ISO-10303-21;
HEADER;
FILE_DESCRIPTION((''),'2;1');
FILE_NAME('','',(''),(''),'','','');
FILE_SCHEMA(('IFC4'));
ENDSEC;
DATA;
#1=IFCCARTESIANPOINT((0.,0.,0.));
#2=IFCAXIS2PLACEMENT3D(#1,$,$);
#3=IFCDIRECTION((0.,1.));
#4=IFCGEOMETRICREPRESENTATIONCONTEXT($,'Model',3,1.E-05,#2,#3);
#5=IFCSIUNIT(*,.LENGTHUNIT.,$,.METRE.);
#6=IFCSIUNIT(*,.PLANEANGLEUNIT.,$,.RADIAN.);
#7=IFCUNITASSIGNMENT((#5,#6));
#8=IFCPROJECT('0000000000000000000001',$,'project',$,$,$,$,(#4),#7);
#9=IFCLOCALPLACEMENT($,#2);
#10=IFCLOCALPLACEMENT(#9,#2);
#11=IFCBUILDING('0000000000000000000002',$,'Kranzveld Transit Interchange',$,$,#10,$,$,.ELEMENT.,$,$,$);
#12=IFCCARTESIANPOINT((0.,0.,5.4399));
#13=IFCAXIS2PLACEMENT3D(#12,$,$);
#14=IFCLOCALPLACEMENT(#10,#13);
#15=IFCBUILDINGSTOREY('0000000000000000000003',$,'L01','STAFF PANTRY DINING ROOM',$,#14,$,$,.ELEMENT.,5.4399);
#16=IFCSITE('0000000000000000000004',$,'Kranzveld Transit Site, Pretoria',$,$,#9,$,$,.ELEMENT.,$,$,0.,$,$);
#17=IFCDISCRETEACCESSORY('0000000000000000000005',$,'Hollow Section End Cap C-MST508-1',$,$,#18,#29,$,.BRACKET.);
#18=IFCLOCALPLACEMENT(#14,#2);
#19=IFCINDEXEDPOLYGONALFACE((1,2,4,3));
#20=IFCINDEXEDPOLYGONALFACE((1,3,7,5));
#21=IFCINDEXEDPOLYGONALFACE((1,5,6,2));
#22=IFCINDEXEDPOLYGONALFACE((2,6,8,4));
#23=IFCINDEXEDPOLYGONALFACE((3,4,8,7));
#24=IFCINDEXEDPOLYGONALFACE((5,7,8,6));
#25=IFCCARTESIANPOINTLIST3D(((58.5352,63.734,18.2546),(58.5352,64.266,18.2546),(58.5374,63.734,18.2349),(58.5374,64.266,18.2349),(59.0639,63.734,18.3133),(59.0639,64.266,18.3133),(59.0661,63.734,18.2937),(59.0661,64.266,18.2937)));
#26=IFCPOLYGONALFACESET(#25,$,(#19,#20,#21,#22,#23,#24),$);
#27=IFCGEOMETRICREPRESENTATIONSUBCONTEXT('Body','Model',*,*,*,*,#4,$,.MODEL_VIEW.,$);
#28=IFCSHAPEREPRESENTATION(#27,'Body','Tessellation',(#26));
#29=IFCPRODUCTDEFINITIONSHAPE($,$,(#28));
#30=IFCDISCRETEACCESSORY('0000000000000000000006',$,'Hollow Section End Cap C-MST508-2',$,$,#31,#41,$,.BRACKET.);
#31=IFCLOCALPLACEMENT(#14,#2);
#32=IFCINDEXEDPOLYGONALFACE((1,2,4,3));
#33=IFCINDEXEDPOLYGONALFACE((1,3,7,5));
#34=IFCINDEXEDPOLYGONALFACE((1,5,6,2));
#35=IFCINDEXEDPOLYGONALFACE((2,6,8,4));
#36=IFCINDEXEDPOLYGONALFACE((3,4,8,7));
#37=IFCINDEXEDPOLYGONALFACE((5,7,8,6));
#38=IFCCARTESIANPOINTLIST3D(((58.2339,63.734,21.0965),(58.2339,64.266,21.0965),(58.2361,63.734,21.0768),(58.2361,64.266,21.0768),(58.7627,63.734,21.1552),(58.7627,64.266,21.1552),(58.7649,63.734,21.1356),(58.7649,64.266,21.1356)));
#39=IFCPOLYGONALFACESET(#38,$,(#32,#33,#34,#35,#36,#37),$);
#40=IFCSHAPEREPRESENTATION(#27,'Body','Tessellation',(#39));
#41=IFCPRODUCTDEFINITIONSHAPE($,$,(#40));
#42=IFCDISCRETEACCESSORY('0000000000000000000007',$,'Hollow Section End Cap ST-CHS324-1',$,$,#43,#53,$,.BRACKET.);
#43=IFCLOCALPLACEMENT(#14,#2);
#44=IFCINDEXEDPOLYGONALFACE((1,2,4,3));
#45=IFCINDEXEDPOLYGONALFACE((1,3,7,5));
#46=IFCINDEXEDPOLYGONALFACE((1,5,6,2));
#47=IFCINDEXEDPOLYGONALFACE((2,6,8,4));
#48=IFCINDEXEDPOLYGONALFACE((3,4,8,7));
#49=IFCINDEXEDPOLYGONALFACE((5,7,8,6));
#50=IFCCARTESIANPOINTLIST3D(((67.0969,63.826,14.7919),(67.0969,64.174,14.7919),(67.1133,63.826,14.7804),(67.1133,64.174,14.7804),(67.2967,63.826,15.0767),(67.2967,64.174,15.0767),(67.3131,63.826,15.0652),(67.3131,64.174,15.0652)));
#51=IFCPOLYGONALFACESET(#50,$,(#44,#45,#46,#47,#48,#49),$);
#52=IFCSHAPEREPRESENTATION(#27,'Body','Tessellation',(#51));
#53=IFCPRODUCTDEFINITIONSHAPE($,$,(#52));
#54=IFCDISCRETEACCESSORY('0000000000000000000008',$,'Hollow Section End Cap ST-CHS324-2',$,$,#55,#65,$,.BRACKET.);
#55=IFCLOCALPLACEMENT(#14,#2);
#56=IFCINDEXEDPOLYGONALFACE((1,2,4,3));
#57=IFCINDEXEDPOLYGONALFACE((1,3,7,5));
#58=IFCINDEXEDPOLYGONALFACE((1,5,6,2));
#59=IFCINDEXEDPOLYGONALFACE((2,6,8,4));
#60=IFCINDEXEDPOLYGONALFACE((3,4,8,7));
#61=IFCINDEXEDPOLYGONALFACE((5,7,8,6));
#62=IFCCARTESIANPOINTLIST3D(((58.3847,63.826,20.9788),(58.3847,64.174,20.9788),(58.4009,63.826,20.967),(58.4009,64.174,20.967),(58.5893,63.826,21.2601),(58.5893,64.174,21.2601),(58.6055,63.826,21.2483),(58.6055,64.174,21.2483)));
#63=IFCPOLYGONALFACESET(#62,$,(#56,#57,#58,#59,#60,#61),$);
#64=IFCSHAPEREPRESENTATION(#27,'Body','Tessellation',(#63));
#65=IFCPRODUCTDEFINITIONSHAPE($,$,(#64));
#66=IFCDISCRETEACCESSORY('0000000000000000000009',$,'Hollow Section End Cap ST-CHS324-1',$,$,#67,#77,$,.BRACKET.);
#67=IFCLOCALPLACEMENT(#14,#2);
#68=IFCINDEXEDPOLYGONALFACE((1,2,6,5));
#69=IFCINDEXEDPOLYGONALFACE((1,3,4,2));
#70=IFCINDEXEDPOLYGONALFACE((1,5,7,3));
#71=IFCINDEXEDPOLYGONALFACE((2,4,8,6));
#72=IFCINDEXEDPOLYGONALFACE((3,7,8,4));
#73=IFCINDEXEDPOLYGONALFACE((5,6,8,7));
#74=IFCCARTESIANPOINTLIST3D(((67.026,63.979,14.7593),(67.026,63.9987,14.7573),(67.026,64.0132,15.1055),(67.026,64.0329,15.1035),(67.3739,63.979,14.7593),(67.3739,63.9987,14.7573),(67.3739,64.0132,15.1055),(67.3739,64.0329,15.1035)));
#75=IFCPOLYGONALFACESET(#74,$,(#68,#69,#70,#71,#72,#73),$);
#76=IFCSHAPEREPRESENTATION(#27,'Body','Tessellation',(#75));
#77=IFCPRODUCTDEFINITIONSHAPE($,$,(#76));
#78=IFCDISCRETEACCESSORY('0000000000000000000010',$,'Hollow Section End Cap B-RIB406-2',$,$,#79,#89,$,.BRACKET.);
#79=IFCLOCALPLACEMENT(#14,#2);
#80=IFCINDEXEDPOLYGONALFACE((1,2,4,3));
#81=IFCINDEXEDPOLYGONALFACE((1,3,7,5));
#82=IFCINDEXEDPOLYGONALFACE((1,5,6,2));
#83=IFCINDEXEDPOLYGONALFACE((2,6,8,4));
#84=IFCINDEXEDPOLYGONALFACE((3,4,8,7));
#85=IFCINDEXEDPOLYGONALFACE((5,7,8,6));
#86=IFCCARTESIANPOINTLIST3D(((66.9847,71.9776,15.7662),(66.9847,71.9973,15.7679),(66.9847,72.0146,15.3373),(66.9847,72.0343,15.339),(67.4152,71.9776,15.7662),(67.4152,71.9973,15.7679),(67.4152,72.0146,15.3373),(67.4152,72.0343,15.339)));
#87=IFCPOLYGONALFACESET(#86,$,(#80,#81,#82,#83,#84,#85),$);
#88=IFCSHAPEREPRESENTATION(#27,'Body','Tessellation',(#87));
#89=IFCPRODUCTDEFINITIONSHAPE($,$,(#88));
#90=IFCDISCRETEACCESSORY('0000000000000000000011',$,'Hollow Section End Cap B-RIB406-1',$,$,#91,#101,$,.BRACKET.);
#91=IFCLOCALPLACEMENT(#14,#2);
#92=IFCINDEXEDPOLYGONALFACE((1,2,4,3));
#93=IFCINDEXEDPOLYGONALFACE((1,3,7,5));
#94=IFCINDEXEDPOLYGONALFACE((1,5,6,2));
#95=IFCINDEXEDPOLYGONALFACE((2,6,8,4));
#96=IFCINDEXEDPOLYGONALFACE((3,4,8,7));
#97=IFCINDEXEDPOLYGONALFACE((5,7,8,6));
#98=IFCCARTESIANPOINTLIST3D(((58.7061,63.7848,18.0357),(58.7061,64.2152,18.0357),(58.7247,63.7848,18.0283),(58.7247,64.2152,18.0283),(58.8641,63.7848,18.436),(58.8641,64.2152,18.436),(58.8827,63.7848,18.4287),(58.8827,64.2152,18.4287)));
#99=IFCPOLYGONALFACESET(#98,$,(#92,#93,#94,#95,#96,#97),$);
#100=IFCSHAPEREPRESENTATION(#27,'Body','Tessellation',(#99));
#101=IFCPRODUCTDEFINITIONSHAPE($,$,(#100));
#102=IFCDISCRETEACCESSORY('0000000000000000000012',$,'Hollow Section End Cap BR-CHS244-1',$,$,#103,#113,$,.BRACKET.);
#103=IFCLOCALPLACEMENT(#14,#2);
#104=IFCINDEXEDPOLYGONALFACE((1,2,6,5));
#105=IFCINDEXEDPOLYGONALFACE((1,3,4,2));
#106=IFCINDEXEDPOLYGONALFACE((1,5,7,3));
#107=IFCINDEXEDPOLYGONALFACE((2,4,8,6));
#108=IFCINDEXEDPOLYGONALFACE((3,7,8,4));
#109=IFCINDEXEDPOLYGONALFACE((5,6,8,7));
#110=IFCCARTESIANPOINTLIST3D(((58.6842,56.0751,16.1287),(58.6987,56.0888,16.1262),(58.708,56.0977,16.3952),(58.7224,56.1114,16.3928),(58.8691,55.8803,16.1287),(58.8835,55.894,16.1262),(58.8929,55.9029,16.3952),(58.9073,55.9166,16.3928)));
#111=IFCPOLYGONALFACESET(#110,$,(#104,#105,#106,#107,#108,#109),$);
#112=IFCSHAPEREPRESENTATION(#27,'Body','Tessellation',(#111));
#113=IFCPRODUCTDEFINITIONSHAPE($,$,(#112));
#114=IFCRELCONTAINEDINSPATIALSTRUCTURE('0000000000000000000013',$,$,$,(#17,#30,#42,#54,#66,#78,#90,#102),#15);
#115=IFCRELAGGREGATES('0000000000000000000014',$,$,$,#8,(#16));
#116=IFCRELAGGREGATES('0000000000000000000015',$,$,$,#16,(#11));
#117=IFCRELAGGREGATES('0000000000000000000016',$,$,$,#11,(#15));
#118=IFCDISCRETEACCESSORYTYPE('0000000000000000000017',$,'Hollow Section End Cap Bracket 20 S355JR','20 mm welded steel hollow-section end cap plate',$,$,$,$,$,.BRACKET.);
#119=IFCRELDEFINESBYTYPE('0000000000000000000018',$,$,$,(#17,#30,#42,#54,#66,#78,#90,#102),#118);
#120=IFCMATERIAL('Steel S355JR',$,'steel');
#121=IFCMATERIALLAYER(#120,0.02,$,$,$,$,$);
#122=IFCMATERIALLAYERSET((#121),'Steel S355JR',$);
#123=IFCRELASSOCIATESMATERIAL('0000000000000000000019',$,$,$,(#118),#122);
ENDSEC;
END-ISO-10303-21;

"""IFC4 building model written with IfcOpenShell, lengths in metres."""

from ifc_helpers import new_model, si_unit, direction, frame, origin, origin_2d, place, context, subcontext, project, spatial, rectangle, extrude, material, layer, layer_set, type_object, element, save


model = new_model("IFC4")

# Units and contexts
model_context = context("Model", 3, precision=1e-05, world=origin(), true_north=direction((0.0, 1.0)))
body_context = subcontext(model_context, "Body", "Model", "MODEL_VIEW")
ifc_project = project(units=[si_unit("LENGTHUNIT", "METRE"), si_unit("PLANEANGLEUNIT", "RADIAN")], contexts=[model_context])

# Site, building, storey
site_placement = place(None, origin())
site = spatial("IfcSite", under=ifc_project, at=site_placement, Name="Kranzveld Transit Site, Pretoria", CompositionType="ELEMENT", RefElevation=0.0)
building_placement = place(site_placement, origin())
building = spatial("IfcBuilding", under=site, at=building_placement, Name="Kranzveld Transit Interchange", CompositionType="ELEMENT")
storey_placement = place(building_placement, frame((0.0, 0.0, 5.4399)))
storey = spatial("IfcBuildingStorey", under=building, at=storey_placement, Name="L01", Description="STAFF PANTRY DINING ROOM", CompositionType="ELEMENT", Elevation=5.4399)

# Discrete accessories
ifc_material_1 = material(Name="Steel S355JR", Category="steel")
ifc_layer_1 = layer(ifc_material_1, 0.02)
ifc_layer_set_1 = layer_set([ifc_layer_1], Name="Steel S355JR")
discrete_accessory_type = type_object("IfcDiscreteAccessoryType", Name="Hollow Section End Cap Bracket 20 S355JR", Description="20 mm welded steel hollow-section end cap plate", PredefinedType="BRACKET", material=ifc_layer_set_1)
for number, where, z_axis, x_axis, name in (
    (1, (58.7996, 64.0, 18.2839), (0.110432, 0.0, -0.993884), (0.0, 1.0, 0.0), "Hollow Section End Cap C-MST508-1"),
    (2, (58.5005, 64.0, 21.1062), (-0.110432, 0.0, 0.993884), (0.0, -1.0, 0.0), "Hollow Section End Cap C-MST508-2"),
):
    element("IfcDiscreteAccessory", number, at=place(storey_placement, frame(where, z_axis=z_axis, x_axis=x_axis)), inside=storey, type_object=discrete_accessory_type, Name=name, PredefinedType="BRACKET", context=body_context, shape_type="SweptSolid", body=[
        extrude(rectangle(XDim=0.532, YDim=0.532, at=origin_2d()), origin(), (0.0, 0.0, 1.0), 0.0198),
    ])
for number, where, z_axis, x_axis, name in (
    (3, (67.1968, 64.0, 14.9343), (0.818657, 0.0, -0.574282), (0.0, 1.0, 0.0), "Hollow Section End Cap ST-CHS324-1"),
    (4, (58.5032, 64.0, 21.1077), (-0.808736, 0.0, 0.588172), (0.0, -1.0, 0.0), "Hollow Section End Cap ST-CHS324-2"),
):
    element("IfcDiscreteAccessory", number, at=place(storey_placement, frame(where, z_axis=z_axis, x_axis=x_axis)), inside=storey, type_object=discrete_accessory_type, Name=name, PredefinedType="BRACKET", context=body_context, shape_type="SweptSolid", body=[
        extrude(rectangle(XDim=0.3479, YDim=0.3479, at=origin_2d()), origin(), (0.0, 0.0, 1.0), 0.02),
    ])
discrete_accessory_1_placement = place(storey_placement, frame((67.2, 63.9961, 14.9324), z_axis=(0.0, 0.995158, -0.098287), x_axis=(-1.0, 0.0, 0.0)))
element("IfcDiscreteAccessory", 5, at=discrete_accessory_1_placement, inside=storey, type_object=discrete_accessory_type, Name="Hollow Section End Cap ST-CHS324-1", PredefinedType="BRACKET", context=body_context, shape_type="SweptSolid", body=[
    extrude(rectangle(XDim=0.3479, YDim=0.3479, at=origin_2d()), origin(), (0.0, 0.0, 1.0), 0.0198),
])
discrete_accessory_2_placement = place(storey_placement, frame((67.2, 71.9961, 15.5518), z_axis=(0.0, 0.996287, 0.086099), x_axis=(-1.0, 0.0, 0.0)))
element("IfcDiscreteAccessory", 6, at=discrete_accessory_2_placement, inside=storey, type_object=discrete_accessory_type, Name="Hollow Section End Cap B-RIB406-2", PredefinedType="BRACKET", context=body_context, shape_type="SweptSolid", body=[
    extrude(rectangle(XDim=0.4304, YDim=0.4304, at=origin_2d()), origin(), (0.0, 0.0, 1.0), 0.0198),
])
discrete_accessory_3_placement = place(storey_placement, frame((58.8037, 64.0, 18.2285), z_axis=(-0.930155, 0.0, 0.367167), x_axis=(0.0, -1.0, 0.0)))
element("IfcDiscreteAccessory", 7, at=discrete_accessory_3_placement, inside=storey, type_object=discrete_accessory_type, Name="Hollow Section End Cap B-RIB406-1", PredefinedType="BRACKET", context=body_context, shape_type="SweptSolid", body=[
    extrude(rectangle(XDim=0.4304, YDim=0.4304, at=origin_2d()), origin(), (0.0, 0.0, 1.0), 0.02),
])
discrete_accessory_4_placement = place(storey_placement, frame((58.803, 56.0027, 16.2595), z_axis=(-0.719887, -0.683283, 0.122015), x_axis=(0.688426, -0.725306, 0.0)))
element("IfcDiscreteAccessory", 8, at=discrete_accessory_4_placement, inside=storey, type_object=discrete_accessory_type, Name="Hollow Section End Cap BR-CHS244-1", PredefinedType="BRACKET", context=body_context, shape_type="SweptSolid", body=[
    extrude(rectangle(XDim=0.2686, YDim=0.2686, at=origin_2d()), origin(), (0.0, 0.0, 1.0), 0.02),
])

save(model, "model.ifc")
